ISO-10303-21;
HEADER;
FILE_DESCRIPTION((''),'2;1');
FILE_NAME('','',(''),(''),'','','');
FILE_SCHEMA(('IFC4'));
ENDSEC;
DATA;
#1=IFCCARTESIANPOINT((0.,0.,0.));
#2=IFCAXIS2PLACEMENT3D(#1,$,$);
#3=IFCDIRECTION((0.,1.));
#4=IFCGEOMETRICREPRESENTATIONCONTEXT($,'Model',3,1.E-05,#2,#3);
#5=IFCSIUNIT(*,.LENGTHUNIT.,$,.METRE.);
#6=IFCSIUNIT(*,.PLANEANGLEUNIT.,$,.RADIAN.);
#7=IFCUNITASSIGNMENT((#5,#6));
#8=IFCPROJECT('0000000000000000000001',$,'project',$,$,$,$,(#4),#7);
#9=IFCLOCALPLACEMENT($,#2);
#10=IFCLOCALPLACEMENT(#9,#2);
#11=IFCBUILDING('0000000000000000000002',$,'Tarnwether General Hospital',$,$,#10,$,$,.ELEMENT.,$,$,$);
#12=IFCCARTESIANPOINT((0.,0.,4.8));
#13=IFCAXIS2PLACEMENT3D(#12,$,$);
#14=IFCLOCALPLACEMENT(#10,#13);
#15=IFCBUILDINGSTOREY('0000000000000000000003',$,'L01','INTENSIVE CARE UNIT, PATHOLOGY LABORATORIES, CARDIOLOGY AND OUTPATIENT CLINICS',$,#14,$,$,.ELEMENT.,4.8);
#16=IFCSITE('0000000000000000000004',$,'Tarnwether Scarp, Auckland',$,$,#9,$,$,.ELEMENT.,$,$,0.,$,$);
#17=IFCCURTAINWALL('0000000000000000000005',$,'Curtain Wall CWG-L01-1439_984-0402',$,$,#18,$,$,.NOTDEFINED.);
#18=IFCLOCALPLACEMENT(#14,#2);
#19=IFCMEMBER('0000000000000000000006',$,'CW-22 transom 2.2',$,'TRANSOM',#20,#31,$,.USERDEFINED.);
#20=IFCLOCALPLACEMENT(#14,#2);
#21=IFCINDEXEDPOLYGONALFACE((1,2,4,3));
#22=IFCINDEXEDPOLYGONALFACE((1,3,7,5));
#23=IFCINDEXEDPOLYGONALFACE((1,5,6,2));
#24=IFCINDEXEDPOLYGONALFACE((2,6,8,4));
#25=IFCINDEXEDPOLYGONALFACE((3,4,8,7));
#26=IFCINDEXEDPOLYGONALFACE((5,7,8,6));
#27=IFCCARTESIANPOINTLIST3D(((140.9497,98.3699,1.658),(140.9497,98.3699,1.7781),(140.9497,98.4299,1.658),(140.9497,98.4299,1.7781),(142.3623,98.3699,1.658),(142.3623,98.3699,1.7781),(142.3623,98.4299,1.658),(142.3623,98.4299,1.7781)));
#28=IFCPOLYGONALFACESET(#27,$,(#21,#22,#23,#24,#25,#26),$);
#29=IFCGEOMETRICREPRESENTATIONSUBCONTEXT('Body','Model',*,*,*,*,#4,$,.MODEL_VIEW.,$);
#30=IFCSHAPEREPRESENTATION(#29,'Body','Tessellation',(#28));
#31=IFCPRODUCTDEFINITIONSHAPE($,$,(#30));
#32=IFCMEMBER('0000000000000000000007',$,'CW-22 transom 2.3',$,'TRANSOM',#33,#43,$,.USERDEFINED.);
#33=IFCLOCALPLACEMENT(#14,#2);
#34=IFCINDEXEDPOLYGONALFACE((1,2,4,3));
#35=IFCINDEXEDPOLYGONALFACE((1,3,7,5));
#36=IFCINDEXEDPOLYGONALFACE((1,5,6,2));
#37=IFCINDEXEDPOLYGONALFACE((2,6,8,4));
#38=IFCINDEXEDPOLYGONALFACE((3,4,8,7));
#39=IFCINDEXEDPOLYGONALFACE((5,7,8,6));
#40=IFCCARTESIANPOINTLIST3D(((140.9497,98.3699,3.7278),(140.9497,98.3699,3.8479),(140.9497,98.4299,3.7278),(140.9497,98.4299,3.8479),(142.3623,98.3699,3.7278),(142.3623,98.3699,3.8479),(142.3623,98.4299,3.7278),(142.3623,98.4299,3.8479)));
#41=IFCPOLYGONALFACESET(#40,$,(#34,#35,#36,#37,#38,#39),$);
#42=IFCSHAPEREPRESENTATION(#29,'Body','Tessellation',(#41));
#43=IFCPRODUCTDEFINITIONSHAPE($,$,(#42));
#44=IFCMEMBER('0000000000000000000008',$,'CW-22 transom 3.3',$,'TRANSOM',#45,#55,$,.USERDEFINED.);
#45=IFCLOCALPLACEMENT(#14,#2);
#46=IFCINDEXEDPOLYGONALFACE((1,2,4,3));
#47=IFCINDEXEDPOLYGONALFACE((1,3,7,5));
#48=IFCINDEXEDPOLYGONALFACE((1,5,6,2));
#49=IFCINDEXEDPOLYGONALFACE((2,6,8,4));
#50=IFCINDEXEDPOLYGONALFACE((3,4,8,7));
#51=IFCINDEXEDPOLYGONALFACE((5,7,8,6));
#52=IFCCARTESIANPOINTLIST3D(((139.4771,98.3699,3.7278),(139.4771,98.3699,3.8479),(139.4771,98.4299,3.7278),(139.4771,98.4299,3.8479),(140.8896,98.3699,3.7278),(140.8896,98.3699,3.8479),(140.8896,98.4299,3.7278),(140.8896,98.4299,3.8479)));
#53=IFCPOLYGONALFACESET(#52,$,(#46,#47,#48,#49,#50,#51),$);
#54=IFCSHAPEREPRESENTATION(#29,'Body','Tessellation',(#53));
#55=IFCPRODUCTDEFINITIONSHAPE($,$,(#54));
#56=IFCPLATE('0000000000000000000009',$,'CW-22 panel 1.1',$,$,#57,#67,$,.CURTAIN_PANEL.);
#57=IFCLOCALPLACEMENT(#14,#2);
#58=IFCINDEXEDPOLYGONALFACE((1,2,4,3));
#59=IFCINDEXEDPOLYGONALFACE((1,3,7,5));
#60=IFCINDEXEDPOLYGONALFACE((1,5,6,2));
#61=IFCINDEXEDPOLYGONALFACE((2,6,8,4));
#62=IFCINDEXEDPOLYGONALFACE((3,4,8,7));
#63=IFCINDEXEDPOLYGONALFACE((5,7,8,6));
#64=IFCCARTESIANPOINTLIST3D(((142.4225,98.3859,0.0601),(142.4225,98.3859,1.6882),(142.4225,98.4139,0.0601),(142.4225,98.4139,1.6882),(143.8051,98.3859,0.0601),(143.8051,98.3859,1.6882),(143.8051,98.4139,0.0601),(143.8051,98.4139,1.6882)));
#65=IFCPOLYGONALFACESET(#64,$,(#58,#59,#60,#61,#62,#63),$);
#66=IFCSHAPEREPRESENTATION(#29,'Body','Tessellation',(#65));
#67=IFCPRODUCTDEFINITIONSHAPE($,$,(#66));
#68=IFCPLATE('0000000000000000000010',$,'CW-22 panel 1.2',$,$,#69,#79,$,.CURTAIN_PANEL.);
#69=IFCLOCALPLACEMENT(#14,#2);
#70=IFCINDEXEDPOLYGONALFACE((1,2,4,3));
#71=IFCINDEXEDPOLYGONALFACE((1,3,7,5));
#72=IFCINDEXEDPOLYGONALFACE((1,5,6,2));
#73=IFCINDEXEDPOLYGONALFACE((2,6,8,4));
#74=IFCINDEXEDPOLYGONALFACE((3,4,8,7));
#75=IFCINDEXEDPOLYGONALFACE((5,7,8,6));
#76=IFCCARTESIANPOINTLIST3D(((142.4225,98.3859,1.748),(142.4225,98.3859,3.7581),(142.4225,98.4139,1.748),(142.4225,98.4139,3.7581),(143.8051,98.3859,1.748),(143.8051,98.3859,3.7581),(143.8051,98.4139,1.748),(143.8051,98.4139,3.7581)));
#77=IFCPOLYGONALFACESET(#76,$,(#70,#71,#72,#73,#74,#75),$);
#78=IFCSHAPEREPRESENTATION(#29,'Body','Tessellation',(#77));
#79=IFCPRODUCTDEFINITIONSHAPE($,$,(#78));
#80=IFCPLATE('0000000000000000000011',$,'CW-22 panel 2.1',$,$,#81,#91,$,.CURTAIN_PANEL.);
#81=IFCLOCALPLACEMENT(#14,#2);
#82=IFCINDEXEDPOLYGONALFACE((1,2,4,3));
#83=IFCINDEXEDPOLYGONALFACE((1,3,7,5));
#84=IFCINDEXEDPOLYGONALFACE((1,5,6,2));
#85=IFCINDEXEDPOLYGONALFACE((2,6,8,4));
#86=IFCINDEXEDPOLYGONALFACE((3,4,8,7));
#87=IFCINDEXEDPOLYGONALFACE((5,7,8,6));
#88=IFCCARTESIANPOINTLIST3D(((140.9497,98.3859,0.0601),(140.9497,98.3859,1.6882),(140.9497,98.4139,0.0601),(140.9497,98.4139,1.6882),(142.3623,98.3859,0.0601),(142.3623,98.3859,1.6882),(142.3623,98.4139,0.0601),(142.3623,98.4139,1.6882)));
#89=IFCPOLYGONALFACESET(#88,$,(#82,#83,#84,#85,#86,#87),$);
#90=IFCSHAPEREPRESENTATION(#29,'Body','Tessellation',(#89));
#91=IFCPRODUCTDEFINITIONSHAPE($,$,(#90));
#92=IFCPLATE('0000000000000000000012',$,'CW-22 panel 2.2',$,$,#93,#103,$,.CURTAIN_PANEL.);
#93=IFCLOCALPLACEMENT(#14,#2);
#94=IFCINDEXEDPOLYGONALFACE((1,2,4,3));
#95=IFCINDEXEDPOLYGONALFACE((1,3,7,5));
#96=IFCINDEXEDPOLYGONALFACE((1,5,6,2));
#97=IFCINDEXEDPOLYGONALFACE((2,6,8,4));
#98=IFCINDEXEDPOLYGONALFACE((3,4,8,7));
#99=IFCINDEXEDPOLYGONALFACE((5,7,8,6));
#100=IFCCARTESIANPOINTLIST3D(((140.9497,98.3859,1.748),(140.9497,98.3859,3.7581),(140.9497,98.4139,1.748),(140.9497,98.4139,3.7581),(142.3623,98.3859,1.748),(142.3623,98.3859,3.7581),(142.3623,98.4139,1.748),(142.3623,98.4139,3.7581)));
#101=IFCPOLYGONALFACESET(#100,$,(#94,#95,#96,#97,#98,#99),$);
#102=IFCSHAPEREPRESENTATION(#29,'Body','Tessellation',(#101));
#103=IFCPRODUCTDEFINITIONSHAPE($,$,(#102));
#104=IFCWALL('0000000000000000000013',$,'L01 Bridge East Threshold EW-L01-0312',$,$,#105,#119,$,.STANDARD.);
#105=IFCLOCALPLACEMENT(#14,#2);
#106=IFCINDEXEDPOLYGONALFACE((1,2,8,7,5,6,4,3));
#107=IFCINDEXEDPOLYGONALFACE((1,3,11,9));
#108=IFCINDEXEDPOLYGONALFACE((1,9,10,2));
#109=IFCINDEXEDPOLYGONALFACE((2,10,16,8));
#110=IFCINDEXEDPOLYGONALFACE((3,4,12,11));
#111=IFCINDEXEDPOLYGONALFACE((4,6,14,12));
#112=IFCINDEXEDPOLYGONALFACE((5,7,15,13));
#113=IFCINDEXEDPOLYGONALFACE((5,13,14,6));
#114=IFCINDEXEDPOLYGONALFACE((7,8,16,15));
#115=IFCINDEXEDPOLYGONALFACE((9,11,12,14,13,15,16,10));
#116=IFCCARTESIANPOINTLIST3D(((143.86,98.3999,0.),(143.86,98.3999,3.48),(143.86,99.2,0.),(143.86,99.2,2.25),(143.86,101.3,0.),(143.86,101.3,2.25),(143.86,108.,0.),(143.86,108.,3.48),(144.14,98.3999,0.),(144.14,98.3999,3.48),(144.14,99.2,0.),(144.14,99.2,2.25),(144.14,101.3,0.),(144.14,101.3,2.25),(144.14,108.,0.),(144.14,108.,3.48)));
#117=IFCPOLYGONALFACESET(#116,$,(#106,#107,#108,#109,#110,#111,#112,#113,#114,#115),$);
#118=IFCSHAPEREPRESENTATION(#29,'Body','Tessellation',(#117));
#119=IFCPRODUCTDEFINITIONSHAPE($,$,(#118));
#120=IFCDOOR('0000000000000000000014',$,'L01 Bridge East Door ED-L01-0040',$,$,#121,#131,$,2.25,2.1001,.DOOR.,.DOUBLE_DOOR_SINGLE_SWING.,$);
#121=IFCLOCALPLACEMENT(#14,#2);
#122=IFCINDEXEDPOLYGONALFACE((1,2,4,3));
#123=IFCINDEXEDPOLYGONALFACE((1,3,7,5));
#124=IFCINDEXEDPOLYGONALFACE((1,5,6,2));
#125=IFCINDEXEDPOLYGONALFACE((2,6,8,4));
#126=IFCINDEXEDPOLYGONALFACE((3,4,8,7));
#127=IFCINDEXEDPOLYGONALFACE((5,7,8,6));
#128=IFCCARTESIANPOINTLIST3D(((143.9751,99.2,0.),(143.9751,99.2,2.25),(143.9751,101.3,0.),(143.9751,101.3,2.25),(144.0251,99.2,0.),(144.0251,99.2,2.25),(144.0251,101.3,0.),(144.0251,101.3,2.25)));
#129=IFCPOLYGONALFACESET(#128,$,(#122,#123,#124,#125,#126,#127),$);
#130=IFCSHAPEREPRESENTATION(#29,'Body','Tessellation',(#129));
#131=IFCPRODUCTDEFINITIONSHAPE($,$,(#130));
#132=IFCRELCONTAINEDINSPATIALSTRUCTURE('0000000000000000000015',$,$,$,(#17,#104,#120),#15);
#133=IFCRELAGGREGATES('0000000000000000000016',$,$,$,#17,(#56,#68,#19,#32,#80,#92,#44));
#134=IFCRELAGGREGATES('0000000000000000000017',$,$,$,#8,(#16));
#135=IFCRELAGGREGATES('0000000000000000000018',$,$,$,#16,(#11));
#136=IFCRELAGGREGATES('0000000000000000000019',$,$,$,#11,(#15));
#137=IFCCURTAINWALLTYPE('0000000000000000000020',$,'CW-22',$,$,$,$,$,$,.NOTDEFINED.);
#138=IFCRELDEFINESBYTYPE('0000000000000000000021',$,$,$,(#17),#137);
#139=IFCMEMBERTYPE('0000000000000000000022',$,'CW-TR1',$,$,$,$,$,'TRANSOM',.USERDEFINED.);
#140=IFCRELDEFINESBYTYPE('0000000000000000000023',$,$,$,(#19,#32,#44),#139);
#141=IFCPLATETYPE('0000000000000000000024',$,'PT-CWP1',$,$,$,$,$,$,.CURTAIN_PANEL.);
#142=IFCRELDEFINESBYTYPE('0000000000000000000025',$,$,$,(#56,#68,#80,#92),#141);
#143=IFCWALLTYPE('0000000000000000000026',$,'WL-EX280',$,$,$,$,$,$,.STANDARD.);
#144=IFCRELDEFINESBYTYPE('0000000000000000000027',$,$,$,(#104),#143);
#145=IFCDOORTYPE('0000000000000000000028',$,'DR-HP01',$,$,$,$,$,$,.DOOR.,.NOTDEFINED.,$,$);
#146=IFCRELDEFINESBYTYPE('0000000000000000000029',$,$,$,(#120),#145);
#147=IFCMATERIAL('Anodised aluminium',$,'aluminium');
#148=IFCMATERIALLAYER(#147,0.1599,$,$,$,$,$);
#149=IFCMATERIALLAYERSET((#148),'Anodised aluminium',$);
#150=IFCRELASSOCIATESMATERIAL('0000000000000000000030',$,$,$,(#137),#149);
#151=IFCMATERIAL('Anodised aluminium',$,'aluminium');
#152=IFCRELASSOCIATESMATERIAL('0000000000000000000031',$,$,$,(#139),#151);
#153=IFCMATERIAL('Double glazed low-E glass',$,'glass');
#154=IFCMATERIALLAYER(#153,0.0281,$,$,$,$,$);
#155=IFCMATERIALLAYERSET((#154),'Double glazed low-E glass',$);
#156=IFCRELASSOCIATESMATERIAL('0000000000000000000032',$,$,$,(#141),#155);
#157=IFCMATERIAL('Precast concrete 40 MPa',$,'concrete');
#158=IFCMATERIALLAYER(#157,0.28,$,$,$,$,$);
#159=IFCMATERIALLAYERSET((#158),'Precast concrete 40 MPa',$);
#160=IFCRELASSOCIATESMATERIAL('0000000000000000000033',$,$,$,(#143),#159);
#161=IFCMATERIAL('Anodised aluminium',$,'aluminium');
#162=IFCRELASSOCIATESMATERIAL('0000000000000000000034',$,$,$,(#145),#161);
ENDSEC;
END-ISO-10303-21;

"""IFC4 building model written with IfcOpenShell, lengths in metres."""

from ifc_helpers import new_model, si_unit, direction, frame, frame_2d, origin, origin_2d, place, context, subcontext, project, spatial, rectangle, extrude, material, layer, layer_set, material_profile, profile_set, type_object, element, fill, aggregate, save


model = new_model("IFC4")

# Units and contexts
model_context = context("Model", 3, precision=1e-05, world=origin(), true_north=direction((0.0, 1.0)))
body_context = subcontext(model_context, "Body", "Model", "MODEL_VIEW")
ifc_project = project(units=[si_unit("LENGTHUNIT", "METRE"), si_unit("PLANEANGLEUNIT", "RADIAN")], contexts=[model_context])

# Site, building, storey
site_placement = place(None, origin())
site = spatial("IfcSite", under=ifc_project, at=site_placement, Name="Tarnwether Scarp, Auckland", CompositionType="ELEMENT", RefElevation=0.0)
building_placement = place(site_placement, origin())
building = spatial("IfcBuilding", under=site, at=building_placement, Name="Tarnwether General Hospital", CompositionType="ELEMENT")
storey_placement = place(building_placement, frame((0.0, 0.0, 4.8)))
storey = spatial("IfcBuildingStorey", under=building, at=storey_placement, Name="L01", Description="INTENSIVE CARE UNIT, PATHOLOGY LABORATORIES, CARDIOLOGY AND OUTPATIENT CLINICS", CompositionType="ELEMENT", Elevation=4.8)

# Curtain wall, members, plates
ifc_material_1 = material(Name="Anodised aluminium", Category="aluminium")
ifc_layer_1 = layer(ifc_material_1, 0.1599)
ifc_layer_set_1 = layer_set([ifc_layer_1], Name="Anodised aluminium")
curtain_wall_type = type_object("IfcCurtainWallType", Name="CW-22", PredefinedType="NOTDEFINED", material=ifc_layer_set_1)
curtain_wall_placement = place(storey_placement, origin())
curtain_wall = element("IfcCurtainWall", 1, at=curtain_wall_placement, inside=storey, type_object=curtain_wall_type, Name="Curtain Wall CWG-L01-1439_984-0402", PredefinedType="NOTDEFINED")
ifc_material_2 = material(Name="Anodised aluminium", Category="aluminium")
ifc_material_profile_1 = material_profile(ifc_material_2, rectangle(XDim=0.0601, YDim=0.1201, at=origin_2d()), Name="ALU-TRN-60x120")
ifc_profile_set_1 = profile_set([ifc_material_profile_1], Name="Anodised aluminium")
member_type_1 = type_object("IfcMemberType", Name="CW-TR1", ElementType="TRANSOM", PredefinedType="USERDEFINED", material=ifc_profile_set_1)
member_1_placement = place(storey_placement, frame((142.3623, 98.3999, 1.718), z_axis=(-1.0, 0.0, 0.0), x_axis=(0.0, -1.0, 0.0)))
member_1 = element("IfcMember", 2, at=member_1_placement, type_object=member_type_1, Name="CW-22 transom 2.2", ObjectType="TRANSOM", PredefinedType="USERDEFINED", context=body_context, shape_type="SweptSolid", body=[
    extrude(rectangle(XDim=0.0601, YDim=0.1201, at=origin_2d()), origin(), (0.0, 0.0, 1.0), 1.4126),
])
member_2_placement = place(storey_placement, frame((142.3623, 98.3999, 3.7878), z_axis=(-1.0, 0.0, 0.0), x_axis=(0.0, -1.0, 0.0)))
member_2 = element("IfcMember", 3, at=member_2_placement, type_object=member_type_1, Name="CW-22 transom 2.3", ObjectType="TRANSOM", PredefinedType="USERDEFINED", context=body_context, shape_type="SweptSolid", body=[
    extrude(rectangle(XDim=0.0601, YDim=0.1201, at=origin_2d()), origin(), (0.0, 0.0, 1.0), 1.4126),
])
member_3_placement = place(storey_placement, frame((140.8896, 98.3999, 3.7878), z_axis=(-1.0, 0.0, 0.0), x_axis=(0.0, -1.0, 0.0)))
member_3 = element("IfcMember", 4, at=member_3_placement, type_object=member_type_1, Name="CW-22 transom 3.3", ObjectType="TRANSOM", PredefinedType="USERDEFINED", context=body_context, shape_type="SweptSolid", body=[
    extrude(rectangle(XDim=0.0601, YDim=0.1201, at=origin_2d()), origin(), (0.0, 0.0, 1.0), 1.4126),
])
ifc_material_3 = material(Name="Double glazed low-E glass", Category="glass")
ifc_layer_2 = layer(ifc_material_3, 0.0281)
ifc_layer_set_2 = layer_set([ifc_layer_2], Name="Double glazed low-E glass")
plate_type = type_object("IfcPlateType", Name="PT-CWP1", PredefinedType="CURTAIN_PANEL", material=ifc_layer_set_2)
plate_1_placement = place(storey_placement, frame((143.1138, 98.3999, 0.0601), z_axis=(0.0, 0.0, 1.0), x_axis=(-1.0, 0.0, 0.0)))
plate_1 = element("IfcPlate", 5, at=plate_1_placement, type_object=plate_type, Name="CW-22 panel 1.1", PredefinedType="CURTAIN_PANEL", context=body_context, shape_type="SweptSolid", body=[
    extrude(rectangle(XDim=1.3826, YDim=0.0281, at=origin_2d()), origin(), (0.0, 0.0, 1.0), 1.6282),
])
plate_2_placement = place(storey_placement, frame((143.1138, 98.3999, 1.748), z_axis=(0.0, 0.0, 1.0), x_axis=(-1.0, 0.0, 0.0)))
plate_2 = element("IfcPlate", 6, at=plate_2_placement, type_object=plate_type, Name="CW-22 panel 1.2", PredefinedType="CURTAIN_PANEL", context=body_context, shape_type="SweptSolid", body=[
    extrude(rectangle(XDim=1.3826, YDim=0.0281, at=origin_2d()), origin(), (0.0, 0.0, 1.0), 2.01),
])
plate_3_placement = place(storey_placement, frame((141.656, 98.3999, 0.0601), z_axis=(0.0, 0.0, 1.0), x_axis=(-1.0, 0.0, 0.0)))
plate_3 = element("IfcPlate", 7, at=plate_3_placement, type_object=plate_type, Name="CW-22 panel 2.1", PredefinedType="CURTAIN_PANEL", context=body_context, shape_type="SweptSolid", body=[
    extrude(rectangle(XDim=1.4126, YDim=0.0281, at=origin_2d()), origin(), (0.0, 0.0, 1.0), 1.6282),
])
plate_4_placement = place(storey_placement, frame((141.656, 98.3999, 1.748), z_axis=(0.0, 0.0, 1.0), x_axis=(-1.0, 0.0, 0.0)))
plate_4 = element("IfcPlate", 8, at=plate_4_placement, type_object=plate_type, Name="CW-22 panel 2.2", PredefinedType="CURTAIN_PANEL", context=body_context, shape_type="SweptSolid", body=[
    extrude(rectangle(XDim=1.4126, YDim=0.0281, at=origin_2d()), origin(), (0.0, 0.0, 1.0), 2.01),
])
aggregate(curtain_wall, [plate_1, plate_2, member_1, member_2, plate_3, plate_4, member_3])

# Wall, opening, door
ifc_material_4 = material(Name="Precast concrete 40 MPa", Category="concrete")
ifc_layer_3 = layer(ifc_material_4, 0.28)
ifc_layer_set_3 = layer_set([ifc_layer_3], Name="Precast concrete 40 MPa")
wall_type = type_object("IfcWallType", Name="WL-EX280", PredefinedType="STANDARD", material=ifc_layer_set_3)
wall_placement = place(storey_placement, frame((144.0, 98.3999, 0.0), z_axis=(0.0, 0.0, 1.0), x_axis=(0.0, 1.0, 0.0)))
wall = element("IfcWall", 9, at=wall_placement, inside=storey, type_object=wall_type, Name="L01 Bridge East Threshold EW-L01-0312", PredefinedType="STANDARD", context=body_context, shape_type="SweptSolid", body=[
    extrude(rectangle(XDim=9.6001, YDim=0.28, at=frame_2d((4.8, 0.0))), origin(), (0.0, 0.0, 1.0), 3.48),
])
opening_placement = place(wall_placement, frame((0.8, 0.0, 0.0)))
opening = element("IfcOpeningElement", 10, at=opening_placement, cuts=wall, PredefinedType="OPENING", context=body_context, shape_type="SweptSolid", body=[
    extrude(rectangle(XDim=2.1001, YDim=2.25, at=frame_2d((1.05, 1.125))), frame((0.0, 0.1499, 0.0), z_axis=(0.0, -1.0, 0.0), x_axis=(1.0, 0.0, 0.0)), (0.0, 0.0, 1.0), 0.3),
])
ifc_material_5 = material(Name="Anodised aluminium", Category="aluminium")
door_type = type_object("IfcDoorType", Name="DR-HP01", OperationType="NOTDEFINED", PredefinedType="DOOR", material=ifc_material_5)
door_placement = place(opening_placement, origin())
door = element("IfcDoor", 11, at=door_placement, inside=storey, type_object=door_type, Name="L01 Bridge East Door ED-L01-0040", OperationType="DOUBLE_DOOR_SINGLE_SWING", OverallHeight=2.25, OverallWidth=2.1001, PredefinedType="DOOR", context=body_context, shape_type="SweptSolid", body=[
    extrude(rectangle(XDim=2.1001, YDim=2.25, at=frame_2d((1.05, 1.125))), frame((0.0, 0.0249, 0.0), z_axis=(0.0, -1.0, 0.0), x_axis=(1.0, 0.0, 0.0)), (0.0, 0.0, 1.0), 0.05),
])
fill(opening, door)

save(model, "model.ifc")
